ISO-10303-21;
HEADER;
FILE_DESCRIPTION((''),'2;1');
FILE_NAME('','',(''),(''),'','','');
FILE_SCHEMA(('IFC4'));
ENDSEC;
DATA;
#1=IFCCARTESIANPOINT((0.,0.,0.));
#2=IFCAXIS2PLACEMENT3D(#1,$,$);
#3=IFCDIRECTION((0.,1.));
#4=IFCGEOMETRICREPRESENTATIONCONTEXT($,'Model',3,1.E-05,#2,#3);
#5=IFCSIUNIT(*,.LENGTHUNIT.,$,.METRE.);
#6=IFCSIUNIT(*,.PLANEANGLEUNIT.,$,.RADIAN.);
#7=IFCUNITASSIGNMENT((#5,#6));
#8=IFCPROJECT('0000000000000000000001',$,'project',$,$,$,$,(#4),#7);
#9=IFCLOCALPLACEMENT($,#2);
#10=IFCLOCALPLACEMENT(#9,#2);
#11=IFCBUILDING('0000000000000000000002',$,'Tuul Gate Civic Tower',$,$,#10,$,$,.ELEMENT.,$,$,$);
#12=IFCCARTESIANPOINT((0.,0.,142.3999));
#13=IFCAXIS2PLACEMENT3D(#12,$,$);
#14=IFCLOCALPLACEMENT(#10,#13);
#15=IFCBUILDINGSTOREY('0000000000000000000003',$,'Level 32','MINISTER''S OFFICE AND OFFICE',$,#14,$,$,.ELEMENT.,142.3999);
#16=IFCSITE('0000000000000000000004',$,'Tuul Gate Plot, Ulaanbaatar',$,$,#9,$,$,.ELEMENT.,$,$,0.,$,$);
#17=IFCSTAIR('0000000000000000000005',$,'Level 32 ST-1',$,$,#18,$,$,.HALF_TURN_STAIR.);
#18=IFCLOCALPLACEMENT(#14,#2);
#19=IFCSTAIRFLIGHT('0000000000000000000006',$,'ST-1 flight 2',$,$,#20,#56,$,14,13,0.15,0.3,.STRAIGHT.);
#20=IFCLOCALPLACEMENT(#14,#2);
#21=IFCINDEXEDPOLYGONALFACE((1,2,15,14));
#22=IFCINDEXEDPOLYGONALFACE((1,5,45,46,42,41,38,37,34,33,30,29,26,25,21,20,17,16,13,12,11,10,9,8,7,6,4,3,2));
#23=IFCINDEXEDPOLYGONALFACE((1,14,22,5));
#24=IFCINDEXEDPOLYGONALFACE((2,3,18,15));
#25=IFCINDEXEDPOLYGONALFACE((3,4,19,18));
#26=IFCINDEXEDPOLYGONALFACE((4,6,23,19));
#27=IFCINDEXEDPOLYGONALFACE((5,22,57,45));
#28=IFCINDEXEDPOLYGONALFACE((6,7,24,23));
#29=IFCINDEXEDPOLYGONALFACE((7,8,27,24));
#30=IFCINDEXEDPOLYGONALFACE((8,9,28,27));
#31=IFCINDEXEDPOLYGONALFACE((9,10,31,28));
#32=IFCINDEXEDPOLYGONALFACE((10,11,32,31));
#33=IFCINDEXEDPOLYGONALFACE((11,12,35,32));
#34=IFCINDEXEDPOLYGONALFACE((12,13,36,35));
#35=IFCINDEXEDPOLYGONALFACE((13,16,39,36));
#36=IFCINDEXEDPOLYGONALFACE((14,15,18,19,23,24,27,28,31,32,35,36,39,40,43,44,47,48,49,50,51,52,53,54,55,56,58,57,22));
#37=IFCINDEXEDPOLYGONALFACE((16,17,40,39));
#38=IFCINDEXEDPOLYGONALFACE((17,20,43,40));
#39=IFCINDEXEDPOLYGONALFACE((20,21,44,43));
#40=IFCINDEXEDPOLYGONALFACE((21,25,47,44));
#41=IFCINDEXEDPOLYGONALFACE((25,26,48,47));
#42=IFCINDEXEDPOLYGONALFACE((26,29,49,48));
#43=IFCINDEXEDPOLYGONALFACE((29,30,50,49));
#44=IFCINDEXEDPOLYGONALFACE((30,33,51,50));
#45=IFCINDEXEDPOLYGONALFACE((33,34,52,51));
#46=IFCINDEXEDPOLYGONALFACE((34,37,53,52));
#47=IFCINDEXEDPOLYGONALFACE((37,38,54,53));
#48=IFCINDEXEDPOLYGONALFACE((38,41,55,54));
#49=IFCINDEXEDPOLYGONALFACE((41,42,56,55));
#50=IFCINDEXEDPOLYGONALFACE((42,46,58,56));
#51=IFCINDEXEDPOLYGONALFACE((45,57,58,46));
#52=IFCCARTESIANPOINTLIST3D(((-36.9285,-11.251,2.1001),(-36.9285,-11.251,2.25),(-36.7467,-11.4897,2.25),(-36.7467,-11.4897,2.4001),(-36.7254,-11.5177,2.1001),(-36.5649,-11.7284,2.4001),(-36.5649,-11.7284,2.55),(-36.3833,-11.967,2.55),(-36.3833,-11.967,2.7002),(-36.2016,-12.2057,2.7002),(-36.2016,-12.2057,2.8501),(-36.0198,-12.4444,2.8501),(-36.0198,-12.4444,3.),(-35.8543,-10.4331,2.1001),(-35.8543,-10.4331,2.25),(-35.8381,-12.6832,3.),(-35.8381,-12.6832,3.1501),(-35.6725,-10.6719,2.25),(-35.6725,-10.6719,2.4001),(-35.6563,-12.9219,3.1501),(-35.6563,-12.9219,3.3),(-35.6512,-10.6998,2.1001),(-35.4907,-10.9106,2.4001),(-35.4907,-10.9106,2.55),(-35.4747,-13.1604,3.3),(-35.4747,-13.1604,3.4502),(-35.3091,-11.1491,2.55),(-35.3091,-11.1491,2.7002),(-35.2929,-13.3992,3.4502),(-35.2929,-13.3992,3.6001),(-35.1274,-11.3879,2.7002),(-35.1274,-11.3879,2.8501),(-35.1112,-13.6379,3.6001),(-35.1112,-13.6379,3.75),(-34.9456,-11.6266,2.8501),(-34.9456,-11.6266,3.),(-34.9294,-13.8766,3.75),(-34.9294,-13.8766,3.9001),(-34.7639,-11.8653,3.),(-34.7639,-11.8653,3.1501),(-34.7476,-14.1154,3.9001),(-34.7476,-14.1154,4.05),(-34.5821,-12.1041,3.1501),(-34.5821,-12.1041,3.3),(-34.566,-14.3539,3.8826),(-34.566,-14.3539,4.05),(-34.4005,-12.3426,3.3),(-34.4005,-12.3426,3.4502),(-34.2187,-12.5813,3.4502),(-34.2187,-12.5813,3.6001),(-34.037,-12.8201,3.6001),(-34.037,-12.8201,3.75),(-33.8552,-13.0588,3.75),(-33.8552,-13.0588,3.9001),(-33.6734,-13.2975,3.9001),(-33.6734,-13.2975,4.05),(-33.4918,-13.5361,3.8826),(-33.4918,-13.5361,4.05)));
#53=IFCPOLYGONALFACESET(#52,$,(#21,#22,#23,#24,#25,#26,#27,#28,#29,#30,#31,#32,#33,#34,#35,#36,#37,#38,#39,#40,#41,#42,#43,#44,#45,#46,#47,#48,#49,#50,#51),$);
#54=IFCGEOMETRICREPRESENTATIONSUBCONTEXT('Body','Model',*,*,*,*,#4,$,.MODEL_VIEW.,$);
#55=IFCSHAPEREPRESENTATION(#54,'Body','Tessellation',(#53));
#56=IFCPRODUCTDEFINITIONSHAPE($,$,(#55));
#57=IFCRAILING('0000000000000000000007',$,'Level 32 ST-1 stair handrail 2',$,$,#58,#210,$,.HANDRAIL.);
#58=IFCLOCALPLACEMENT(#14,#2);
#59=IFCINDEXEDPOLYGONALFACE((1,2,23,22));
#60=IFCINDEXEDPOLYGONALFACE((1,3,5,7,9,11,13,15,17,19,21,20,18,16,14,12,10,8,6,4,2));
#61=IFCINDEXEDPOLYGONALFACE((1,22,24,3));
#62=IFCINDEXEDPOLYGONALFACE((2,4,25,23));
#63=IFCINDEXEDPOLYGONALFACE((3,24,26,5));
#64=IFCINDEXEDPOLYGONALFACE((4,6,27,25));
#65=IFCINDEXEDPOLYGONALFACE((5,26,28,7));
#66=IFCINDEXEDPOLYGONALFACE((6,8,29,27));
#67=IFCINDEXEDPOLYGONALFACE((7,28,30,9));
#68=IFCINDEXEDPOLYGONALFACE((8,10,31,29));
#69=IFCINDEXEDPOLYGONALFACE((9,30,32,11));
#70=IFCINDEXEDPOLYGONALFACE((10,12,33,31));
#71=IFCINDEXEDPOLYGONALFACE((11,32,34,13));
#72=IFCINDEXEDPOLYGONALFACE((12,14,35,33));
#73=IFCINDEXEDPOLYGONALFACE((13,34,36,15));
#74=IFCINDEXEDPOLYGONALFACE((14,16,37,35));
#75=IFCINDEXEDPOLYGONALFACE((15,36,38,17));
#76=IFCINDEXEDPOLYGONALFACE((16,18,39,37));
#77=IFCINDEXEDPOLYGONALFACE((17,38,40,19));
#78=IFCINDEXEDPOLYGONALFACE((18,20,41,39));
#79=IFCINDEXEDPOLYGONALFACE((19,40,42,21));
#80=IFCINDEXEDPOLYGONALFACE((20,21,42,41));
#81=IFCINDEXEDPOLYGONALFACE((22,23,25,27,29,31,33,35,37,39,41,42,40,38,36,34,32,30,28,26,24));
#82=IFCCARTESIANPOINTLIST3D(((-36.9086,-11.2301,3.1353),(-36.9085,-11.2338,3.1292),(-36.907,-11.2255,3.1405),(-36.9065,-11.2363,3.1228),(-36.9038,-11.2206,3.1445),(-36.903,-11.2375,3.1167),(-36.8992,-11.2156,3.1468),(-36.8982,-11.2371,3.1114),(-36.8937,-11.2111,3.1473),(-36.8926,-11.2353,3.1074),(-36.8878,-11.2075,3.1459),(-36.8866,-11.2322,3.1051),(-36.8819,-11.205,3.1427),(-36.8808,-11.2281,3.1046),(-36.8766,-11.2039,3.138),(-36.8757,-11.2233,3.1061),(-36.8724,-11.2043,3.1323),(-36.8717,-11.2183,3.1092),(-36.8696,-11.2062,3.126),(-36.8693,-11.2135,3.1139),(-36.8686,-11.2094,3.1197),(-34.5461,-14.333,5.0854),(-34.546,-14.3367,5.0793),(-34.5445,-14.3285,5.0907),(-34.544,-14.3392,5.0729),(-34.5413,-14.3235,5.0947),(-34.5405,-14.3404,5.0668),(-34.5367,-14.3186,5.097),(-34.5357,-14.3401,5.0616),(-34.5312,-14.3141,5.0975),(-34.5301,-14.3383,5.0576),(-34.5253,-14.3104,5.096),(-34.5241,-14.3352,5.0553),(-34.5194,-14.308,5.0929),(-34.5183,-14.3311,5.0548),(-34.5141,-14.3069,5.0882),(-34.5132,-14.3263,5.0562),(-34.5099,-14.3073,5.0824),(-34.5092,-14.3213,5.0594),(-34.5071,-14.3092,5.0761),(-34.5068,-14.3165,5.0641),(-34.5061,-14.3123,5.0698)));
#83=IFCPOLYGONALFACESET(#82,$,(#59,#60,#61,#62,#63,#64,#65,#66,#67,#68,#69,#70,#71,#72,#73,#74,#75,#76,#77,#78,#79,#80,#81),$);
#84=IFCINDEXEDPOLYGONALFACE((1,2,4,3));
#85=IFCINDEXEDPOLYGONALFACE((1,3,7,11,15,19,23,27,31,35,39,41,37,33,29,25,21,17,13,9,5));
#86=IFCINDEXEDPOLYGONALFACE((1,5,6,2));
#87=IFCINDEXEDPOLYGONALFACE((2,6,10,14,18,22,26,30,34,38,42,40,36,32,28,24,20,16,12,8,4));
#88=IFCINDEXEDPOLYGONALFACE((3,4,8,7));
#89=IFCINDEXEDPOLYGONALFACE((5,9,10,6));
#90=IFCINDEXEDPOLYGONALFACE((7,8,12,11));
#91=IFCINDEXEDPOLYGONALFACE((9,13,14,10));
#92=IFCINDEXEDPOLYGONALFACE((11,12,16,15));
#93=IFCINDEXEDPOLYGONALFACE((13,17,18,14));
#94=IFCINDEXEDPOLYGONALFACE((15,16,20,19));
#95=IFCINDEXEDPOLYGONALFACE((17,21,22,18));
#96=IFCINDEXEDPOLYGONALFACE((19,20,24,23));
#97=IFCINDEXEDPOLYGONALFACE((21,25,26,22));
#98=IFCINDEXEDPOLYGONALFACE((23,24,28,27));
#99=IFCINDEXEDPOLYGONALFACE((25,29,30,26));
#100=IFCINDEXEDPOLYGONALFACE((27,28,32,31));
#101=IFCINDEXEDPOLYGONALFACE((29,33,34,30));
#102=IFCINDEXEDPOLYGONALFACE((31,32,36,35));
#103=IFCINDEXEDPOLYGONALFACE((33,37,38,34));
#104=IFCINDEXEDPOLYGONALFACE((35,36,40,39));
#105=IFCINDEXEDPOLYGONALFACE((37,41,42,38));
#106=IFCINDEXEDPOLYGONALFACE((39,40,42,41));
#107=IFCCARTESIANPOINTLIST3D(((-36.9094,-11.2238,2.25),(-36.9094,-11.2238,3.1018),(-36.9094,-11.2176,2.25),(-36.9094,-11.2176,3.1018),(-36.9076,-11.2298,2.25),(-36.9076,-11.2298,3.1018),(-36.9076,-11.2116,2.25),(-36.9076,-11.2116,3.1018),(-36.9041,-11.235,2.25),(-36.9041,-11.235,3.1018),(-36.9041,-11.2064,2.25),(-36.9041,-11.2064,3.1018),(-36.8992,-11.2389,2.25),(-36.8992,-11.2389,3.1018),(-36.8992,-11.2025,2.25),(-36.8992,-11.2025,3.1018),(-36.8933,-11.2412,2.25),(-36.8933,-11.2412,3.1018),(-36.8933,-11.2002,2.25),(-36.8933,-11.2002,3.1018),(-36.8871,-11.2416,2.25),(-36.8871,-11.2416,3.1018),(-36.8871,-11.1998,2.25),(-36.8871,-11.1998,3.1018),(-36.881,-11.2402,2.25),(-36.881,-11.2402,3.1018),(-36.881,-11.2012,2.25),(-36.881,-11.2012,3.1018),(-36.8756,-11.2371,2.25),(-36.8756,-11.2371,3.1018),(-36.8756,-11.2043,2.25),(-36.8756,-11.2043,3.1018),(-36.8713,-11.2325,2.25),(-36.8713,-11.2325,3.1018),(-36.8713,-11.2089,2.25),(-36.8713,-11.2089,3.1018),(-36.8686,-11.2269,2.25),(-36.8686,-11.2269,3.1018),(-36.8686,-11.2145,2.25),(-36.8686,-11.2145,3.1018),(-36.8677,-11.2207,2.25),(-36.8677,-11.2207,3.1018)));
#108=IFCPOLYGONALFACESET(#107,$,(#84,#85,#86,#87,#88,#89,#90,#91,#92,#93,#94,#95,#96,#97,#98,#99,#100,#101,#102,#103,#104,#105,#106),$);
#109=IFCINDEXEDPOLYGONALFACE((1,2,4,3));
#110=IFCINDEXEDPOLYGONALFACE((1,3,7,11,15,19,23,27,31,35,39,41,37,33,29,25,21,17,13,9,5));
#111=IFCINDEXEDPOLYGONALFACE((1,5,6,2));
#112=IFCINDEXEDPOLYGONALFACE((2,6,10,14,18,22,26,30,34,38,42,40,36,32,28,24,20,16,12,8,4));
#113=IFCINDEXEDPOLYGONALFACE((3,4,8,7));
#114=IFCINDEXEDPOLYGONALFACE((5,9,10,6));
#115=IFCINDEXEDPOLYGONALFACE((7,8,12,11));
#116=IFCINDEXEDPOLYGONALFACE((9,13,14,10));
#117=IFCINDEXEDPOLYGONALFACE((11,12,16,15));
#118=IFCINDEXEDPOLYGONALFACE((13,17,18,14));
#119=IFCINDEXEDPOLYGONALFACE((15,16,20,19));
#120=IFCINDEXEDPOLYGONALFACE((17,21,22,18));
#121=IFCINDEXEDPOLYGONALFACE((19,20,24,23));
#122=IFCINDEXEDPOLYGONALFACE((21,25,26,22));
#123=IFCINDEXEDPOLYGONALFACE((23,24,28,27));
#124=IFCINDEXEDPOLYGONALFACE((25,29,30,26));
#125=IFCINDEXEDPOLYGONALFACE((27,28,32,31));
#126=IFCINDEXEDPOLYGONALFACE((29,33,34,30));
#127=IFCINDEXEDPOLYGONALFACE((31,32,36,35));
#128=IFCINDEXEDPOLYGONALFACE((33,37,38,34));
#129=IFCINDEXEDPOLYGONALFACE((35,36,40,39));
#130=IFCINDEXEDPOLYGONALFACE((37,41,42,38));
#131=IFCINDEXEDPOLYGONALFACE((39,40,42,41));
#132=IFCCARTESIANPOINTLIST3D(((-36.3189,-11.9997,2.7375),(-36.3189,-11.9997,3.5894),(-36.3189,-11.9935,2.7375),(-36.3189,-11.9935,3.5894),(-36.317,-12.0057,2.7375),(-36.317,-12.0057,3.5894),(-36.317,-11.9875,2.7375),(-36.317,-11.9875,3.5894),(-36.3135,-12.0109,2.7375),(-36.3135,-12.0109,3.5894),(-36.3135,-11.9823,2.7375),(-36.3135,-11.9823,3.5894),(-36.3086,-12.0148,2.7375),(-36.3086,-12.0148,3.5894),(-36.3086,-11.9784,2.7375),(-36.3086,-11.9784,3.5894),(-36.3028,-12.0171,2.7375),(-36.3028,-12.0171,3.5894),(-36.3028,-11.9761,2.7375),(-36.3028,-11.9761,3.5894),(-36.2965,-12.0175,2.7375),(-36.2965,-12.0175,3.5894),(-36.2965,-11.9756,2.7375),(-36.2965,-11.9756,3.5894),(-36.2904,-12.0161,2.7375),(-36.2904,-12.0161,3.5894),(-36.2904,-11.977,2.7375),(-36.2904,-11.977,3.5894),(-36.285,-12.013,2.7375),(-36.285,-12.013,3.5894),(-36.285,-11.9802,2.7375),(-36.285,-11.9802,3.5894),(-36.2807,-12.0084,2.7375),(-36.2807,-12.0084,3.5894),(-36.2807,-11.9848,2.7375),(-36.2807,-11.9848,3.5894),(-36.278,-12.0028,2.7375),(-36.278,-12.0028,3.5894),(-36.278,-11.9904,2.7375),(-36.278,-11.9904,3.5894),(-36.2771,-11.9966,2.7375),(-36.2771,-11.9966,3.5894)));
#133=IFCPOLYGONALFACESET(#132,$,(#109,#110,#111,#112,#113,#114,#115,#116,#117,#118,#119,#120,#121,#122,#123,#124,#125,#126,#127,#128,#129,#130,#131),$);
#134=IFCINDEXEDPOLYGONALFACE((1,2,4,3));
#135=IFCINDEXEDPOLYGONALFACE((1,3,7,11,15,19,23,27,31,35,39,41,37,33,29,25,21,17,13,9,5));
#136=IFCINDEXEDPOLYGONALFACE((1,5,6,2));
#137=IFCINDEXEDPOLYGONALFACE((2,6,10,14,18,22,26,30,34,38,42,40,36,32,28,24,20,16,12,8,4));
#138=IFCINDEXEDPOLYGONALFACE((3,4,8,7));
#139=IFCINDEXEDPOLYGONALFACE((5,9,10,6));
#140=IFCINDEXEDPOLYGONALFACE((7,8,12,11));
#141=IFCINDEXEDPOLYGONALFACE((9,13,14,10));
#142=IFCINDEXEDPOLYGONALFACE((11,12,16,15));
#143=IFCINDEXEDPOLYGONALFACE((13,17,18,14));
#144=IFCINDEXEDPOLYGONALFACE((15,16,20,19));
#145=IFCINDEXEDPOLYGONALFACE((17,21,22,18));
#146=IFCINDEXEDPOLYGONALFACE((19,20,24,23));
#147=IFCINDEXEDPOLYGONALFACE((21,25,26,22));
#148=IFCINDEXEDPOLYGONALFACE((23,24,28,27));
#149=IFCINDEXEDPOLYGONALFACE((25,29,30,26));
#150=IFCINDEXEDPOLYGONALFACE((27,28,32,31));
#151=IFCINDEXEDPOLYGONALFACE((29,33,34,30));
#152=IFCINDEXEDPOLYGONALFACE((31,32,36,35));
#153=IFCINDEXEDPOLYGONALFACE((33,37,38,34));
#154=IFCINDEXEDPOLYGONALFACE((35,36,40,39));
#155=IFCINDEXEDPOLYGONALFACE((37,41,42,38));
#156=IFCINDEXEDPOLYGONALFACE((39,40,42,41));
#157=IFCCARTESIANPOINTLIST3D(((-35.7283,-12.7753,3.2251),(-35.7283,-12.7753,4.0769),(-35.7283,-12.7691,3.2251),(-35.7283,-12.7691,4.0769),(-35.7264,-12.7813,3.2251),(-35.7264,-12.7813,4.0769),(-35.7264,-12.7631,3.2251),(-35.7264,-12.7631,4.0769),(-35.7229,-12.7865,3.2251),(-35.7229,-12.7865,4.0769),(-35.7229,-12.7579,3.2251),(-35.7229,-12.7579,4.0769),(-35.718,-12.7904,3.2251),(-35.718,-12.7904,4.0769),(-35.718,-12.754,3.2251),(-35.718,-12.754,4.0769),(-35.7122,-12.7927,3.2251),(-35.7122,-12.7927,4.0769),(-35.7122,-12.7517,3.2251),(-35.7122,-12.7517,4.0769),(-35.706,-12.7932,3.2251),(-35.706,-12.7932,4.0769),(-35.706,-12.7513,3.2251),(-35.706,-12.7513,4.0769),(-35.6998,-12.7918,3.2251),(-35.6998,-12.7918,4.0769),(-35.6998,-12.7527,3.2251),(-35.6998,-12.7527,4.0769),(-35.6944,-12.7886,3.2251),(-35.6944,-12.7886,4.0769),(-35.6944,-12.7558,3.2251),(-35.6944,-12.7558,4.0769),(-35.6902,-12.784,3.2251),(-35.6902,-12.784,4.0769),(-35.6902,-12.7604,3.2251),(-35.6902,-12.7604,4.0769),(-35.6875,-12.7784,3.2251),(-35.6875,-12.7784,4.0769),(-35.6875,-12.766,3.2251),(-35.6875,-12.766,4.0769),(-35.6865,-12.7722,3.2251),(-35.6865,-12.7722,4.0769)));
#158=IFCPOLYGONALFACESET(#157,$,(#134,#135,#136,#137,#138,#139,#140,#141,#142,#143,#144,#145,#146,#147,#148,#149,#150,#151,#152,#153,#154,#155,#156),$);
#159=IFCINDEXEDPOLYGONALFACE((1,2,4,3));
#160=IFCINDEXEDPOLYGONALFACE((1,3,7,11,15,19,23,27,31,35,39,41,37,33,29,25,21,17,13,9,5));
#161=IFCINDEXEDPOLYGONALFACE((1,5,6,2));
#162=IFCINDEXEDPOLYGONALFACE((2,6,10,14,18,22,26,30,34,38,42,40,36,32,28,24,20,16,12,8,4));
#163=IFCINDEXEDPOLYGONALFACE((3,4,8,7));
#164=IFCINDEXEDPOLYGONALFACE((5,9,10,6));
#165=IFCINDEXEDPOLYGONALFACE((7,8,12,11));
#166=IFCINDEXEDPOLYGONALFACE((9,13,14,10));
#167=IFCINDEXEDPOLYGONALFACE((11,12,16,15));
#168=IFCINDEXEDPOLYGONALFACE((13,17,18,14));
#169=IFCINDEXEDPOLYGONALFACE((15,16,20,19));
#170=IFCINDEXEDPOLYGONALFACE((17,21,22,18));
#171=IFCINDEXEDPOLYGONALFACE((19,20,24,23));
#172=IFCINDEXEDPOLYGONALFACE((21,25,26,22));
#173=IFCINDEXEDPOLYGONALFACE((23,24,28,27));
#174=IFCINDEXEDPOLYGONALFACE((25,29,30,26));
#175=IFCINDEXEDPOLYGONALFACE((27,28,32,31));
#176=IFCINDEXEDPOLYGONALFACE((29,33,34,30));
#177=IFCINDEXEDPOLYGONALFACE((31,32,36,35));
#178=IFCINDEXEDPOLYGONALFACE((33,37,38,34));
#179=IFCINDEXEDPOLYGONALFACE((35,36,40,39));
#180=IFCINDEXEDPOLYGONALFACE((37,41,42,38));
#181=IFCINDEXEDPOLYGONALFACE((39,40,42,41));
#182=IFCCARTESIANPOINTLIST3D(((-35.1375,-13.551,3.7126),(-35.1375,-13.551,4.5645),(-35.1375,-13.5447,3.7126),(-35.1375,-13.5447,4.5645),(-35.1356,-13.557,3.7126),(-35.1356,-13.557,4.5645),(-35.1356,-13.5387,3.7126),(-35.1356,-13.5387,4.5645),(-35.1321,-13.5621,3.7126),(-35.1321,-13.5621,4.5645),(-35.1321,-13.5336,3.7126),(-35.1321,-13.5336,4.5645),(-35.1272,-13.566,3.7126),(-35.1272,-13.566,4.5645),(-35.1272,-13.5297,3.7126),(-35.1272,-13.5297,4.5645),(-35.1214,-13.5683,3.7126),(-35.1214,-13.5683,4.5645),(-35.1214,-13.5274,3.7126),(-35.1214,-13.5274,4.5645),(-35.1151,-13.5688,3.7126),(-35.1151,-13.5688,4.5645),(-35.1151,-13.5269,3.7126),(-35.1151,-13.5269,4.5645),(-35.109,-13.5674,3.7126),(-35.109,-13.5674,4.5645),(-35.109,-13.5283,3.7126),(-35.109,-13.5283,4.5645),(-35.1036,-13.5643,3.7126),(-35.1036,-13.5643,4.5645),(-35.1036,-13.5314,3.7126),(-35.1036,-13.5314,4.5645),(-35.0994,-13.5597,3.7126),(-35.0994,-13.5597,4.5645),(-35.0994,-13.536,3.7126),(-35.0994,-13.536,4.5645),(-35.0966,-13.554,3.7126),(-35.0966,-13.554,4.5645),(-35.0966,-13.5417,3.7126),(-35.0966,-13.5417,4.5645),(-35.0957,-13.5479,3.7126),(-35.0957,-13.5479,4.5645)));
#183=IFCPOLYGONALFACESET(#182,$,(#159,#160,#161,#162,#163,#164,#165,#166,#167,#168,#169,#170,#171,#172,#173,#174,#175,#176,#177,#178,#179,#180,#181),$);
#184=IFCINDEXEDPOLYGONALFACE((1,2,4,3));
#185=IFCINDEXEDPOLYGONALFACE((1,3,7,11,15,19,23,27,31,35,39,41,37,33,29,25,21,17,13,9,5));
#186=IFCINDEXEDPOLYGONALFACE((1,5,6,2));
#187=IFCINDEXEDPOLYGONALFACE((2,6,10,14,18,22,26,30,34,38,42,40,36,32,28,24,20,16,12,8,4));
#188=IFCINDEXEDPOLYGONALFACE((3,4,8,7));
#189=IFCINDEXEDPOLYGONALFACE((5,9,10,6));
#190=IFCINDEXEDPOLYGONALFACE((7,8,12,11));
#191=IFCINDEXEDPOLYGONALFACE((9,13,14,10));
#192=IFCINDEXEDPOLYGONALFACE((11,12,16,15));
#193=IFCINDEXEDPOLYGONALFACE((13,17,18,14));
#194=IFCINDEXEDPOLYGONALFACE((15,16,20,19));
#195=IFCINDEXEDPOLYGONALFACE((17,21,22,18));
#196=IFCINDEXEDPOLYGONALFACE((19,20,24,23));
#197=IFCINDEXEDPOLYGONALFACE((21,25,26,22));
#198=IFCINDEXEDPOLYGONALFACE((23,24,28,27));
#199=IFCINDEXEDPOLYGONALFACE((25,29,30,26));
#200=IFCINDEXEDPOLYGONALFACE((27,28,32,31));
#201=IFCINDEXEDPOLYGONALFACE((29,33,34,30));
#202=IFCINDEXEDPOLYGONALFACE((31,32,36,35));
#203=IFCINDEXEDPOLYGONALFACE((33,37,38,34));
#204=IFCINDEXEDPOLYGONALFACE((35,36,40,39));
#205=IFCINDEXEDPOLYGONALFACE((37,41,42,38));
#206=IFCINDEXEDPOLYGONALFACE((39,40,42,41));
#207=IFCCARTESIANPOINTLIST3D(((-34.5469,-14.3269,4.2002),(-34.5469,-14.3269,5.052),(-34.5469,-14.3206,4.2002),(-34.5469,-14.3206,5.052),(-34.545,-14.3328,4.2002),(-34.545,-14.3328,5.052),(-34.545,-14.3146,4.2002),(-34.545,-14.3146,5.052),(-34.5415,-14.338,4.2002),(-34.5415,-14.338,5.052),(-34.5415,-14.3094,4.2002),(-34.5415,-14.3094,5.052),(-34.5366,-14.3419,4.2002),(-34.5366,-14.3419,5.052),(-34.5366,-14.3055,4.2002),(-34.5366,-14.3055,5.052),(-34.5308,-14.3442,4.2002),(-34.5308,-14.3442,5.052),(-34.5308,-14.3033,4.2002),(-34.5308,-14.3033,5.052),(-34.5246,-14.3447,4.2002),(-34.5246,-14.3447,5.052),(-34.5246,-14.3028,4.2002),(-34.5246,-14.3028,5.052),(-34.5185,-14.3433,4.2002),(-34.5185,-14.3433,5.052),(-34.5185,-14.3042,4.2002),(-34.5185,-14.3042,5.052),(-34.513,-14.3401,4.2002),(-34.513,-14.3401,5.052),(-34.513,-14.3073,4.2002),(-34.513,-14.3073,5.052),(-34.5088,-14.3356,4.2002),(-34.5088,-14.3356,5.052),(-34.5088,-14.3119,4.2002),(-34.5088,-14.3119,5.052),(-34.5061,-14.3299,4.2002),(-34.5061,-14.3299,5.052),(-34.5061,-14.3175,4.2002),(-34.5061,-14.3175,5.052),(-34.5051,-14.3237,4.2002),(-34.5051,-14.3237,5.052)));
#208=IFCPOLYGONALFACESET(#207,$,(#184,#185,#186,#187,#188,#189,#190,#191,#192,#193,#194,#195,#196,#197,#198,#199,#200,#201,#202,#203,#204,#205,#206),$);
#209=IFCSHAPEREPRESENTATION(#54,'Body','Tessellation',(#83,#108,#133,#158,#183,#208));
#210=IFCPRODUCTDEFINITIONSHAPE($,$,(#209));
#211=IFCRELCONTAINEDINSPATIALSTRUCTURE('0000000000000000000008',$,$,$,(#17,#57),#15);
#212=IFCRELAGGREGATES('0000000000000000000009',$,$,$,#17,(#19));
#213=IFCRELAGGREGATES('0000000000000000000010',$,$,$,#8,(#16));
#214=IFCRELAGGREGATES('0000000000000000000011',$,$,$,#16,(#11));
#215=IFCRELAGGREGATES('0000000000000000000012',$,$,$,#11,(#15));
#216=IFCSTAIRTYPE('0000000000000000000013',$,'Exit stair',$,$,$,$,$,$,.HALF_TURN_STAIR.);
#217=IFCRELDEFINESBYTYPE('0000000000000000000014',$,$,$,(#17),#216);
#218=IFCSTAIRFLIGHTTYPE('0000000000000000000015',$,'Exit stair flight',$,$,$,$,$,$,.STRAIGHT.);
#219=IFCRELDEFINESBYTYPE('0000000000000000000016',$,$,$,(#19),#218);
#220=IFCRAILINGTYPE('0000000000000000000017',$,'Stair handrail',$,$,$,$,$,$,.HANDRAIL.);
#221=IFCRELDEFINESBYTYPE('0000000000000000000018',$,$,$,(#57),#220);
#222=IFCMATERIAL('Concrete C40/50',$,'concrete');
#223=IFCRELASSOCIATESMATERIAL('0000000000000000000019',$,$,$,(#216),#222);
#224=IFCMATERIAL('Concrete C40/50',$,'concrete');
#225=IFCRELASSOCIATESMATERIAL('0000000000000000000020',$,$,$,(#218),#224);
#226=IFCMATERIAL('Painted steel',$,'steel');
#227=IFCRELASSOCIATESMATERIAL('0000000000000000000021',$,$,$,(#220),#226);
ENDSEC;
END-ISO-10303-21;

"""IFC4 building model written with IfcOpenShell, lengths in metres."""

from ifc_helpers import new_model, si_unit, direction, frame, origin, origin_2d, place, context, subcontext, project, spatial, polyline, circle, outline, extrude, material, type_object, element, aggregate, save


model = new_model("IFC4")

# Units and contexts
model_context = context("Model", 3, precision=1e-05, world=origin(), true_north=direction((0.0, 1.0)))
body_context = subcontext(model_context, "Body", "Model", "MODEL_VIEW")
ifc_project = project(units=[si_unit("LENGTHUNIT", "METRE"), si_unit("PLANEANGLEUNIT", "RADIAN")], contexts=[model_context])

# Site, building, storey
site_placement = place(None, origin())
site = spatial("IfcSite", under=ifc_project, at=site_placement, Name="Tuul Gate Plot, Ulaanbaatar", CompositionType="ELEMENT", RefElevation=0.0)
building_placement = place(site_placement, origin())
building = spatial("IfcBuilding", under=site, at=building_placement, Name="Tuul Gate Civic Tower", CompositionType="ELEMENT")
storey_placement = place(building_placement, frame((0.0, 0.0, 142.3999)))
storey = spatial("IfcBuildingStorey", under=building, at=storey_placement, Name="Level 32", Description="MINISTER'S OFFICE AND OFFICE", CompositionType="ELEMENT", Elevation=142.3999)

# Stair, stair flight
ifc_material_1 = material(Name="Concrete C40/50", Category="concrete")
stair_type = type_object("IfcStairType", Name="Exit stair", PredefinedType="HALF_TURN_STAIR", material=ifc_material_1)
stair_placement = place(storey_placement, origin())
stair = element("IfcStair", 1, at=stair_placement, inside=storey, type_object=stair_type, Name="Level 32 ST-1", PredefinedType="HALF_TURN_STAIR")
ifc_material_2 = material(Name="Concrete C40/50", Category="concrete")
stair_flight_type = type_object("IfcStairFlightType", Name="Exit stair flight", PredefinedType="STRAIGHT", material=ifc_material_2)
stair_flight_placement = place(storey_placement, frame((-36.3914, -10.842, 2.1001), z_axis=(0.0, 0.0, 1.0), x_axis=(0.605764, -0.795644, 0.0)))
stair_flight = element("IfcStairFlight", 2, at=stair_flight_placement, type_object=stair_flight_type, Name="ST-1 flight 2", NumberOfRisers=14, NumberOfTreads=13, PredefinedType="STRAIGHT", RiserHeight=0.15, TreadLength=0.3, context=body_context, shape_type="SweptSolid", body=[
    extrude(outline(polyline([(0.0, 0.0), (0.0, 0.1499), (0.3, 0.1499), (0.3, 0.3), (0.6001, 0.3), (0.6001, 0.45), (0.8999, 0.45), (0.8999, 0.6001), (1.2, 0.6001), (1.2, 0.75), (1.5, 0.75), (1.5, 0.8999), (1.8, 0.8999), (1.8, 1.05), (2.1001, 1.05), (2.1001, 1.2), (2.3999, 1.2), (2.3999, 1.3501), (2.7, 1.3501), (2.7, 1.5), (3.0, 1.5), (3.0, 1.6499), (3.3, 1.6499), (3.3, 1.8), (3.6001, 1.8), (3.6001, 1.95), (3.8999, 1.95), (3.8999, 2.1001), (3.8999, 1.7825), (0.3352, 0.0), (0.0, 0.0)])), frame((0.0, 0.675, 0.0), z_axis=(0.0, -1.0, 0.0), x_axis=(1.0, 0.0, 0.0)), (0.0, 0.0, 1.0), 1.3501),
])
aggregate(stair, [stair_flight])

# Railing
ifc_material_3 = material(Name="Painted steel", Category="steel")
railing_type = type_object("IfcRailingType", Name="Stair handrail", PredefinedType="HANDRAIL", material=ifc_material_3)
railing_placement = place(storey_placement, frame((-36.8887, -11.2207, 2.25)))
element("IfcRailing", 3, at=railing_placement, inside=storey, type_object=railing_type, Name="Level 32 ST-1 stair handrail 2", PredefinedType="HANDRAIL", context=body_context, shape_type="SweptSolid", body=[
    extrude(circle(Radius=0.0239, at=origin_2d()), frame((0.0, 0.0, 0.876), z_axis=(0.541811, -0.711627, 0.447245), x_axis=(0.795637, 0.605773, 0.0)), (0.0, 0.0, 1.0), 4.3604),
    extrude(circle(Radius=0.021, at=origin_2d()), origin(), (0.0, 0.0, 1.0), 0.8518),
    extrude(circle(Radius=0.021, at=origin_2d()), frame((0.5906, -0.7759, 0.4875)), (0.0, 0.0, 1.0), 0.8518),
    extrude(circle(Radius=0.021, at=origin_2d()), frame((1.1812, -1.5515, 0.9751)), (0.0, 0.0, 1.0), 0.8518),
    extrude(circle(Radius=0.021, at=origin_2d()), frame((1.772, -2.3271, 1.4626)), (0.0, 0.0, 1.0), 0.8518),
    extrude(circle(Radius=0.021, at=origin_2d()), frame((2.3625, -3.103, 1.9502)), (0.0, 0.0, 1.0), 0.8518),
])

save(model, "model.ifc")
